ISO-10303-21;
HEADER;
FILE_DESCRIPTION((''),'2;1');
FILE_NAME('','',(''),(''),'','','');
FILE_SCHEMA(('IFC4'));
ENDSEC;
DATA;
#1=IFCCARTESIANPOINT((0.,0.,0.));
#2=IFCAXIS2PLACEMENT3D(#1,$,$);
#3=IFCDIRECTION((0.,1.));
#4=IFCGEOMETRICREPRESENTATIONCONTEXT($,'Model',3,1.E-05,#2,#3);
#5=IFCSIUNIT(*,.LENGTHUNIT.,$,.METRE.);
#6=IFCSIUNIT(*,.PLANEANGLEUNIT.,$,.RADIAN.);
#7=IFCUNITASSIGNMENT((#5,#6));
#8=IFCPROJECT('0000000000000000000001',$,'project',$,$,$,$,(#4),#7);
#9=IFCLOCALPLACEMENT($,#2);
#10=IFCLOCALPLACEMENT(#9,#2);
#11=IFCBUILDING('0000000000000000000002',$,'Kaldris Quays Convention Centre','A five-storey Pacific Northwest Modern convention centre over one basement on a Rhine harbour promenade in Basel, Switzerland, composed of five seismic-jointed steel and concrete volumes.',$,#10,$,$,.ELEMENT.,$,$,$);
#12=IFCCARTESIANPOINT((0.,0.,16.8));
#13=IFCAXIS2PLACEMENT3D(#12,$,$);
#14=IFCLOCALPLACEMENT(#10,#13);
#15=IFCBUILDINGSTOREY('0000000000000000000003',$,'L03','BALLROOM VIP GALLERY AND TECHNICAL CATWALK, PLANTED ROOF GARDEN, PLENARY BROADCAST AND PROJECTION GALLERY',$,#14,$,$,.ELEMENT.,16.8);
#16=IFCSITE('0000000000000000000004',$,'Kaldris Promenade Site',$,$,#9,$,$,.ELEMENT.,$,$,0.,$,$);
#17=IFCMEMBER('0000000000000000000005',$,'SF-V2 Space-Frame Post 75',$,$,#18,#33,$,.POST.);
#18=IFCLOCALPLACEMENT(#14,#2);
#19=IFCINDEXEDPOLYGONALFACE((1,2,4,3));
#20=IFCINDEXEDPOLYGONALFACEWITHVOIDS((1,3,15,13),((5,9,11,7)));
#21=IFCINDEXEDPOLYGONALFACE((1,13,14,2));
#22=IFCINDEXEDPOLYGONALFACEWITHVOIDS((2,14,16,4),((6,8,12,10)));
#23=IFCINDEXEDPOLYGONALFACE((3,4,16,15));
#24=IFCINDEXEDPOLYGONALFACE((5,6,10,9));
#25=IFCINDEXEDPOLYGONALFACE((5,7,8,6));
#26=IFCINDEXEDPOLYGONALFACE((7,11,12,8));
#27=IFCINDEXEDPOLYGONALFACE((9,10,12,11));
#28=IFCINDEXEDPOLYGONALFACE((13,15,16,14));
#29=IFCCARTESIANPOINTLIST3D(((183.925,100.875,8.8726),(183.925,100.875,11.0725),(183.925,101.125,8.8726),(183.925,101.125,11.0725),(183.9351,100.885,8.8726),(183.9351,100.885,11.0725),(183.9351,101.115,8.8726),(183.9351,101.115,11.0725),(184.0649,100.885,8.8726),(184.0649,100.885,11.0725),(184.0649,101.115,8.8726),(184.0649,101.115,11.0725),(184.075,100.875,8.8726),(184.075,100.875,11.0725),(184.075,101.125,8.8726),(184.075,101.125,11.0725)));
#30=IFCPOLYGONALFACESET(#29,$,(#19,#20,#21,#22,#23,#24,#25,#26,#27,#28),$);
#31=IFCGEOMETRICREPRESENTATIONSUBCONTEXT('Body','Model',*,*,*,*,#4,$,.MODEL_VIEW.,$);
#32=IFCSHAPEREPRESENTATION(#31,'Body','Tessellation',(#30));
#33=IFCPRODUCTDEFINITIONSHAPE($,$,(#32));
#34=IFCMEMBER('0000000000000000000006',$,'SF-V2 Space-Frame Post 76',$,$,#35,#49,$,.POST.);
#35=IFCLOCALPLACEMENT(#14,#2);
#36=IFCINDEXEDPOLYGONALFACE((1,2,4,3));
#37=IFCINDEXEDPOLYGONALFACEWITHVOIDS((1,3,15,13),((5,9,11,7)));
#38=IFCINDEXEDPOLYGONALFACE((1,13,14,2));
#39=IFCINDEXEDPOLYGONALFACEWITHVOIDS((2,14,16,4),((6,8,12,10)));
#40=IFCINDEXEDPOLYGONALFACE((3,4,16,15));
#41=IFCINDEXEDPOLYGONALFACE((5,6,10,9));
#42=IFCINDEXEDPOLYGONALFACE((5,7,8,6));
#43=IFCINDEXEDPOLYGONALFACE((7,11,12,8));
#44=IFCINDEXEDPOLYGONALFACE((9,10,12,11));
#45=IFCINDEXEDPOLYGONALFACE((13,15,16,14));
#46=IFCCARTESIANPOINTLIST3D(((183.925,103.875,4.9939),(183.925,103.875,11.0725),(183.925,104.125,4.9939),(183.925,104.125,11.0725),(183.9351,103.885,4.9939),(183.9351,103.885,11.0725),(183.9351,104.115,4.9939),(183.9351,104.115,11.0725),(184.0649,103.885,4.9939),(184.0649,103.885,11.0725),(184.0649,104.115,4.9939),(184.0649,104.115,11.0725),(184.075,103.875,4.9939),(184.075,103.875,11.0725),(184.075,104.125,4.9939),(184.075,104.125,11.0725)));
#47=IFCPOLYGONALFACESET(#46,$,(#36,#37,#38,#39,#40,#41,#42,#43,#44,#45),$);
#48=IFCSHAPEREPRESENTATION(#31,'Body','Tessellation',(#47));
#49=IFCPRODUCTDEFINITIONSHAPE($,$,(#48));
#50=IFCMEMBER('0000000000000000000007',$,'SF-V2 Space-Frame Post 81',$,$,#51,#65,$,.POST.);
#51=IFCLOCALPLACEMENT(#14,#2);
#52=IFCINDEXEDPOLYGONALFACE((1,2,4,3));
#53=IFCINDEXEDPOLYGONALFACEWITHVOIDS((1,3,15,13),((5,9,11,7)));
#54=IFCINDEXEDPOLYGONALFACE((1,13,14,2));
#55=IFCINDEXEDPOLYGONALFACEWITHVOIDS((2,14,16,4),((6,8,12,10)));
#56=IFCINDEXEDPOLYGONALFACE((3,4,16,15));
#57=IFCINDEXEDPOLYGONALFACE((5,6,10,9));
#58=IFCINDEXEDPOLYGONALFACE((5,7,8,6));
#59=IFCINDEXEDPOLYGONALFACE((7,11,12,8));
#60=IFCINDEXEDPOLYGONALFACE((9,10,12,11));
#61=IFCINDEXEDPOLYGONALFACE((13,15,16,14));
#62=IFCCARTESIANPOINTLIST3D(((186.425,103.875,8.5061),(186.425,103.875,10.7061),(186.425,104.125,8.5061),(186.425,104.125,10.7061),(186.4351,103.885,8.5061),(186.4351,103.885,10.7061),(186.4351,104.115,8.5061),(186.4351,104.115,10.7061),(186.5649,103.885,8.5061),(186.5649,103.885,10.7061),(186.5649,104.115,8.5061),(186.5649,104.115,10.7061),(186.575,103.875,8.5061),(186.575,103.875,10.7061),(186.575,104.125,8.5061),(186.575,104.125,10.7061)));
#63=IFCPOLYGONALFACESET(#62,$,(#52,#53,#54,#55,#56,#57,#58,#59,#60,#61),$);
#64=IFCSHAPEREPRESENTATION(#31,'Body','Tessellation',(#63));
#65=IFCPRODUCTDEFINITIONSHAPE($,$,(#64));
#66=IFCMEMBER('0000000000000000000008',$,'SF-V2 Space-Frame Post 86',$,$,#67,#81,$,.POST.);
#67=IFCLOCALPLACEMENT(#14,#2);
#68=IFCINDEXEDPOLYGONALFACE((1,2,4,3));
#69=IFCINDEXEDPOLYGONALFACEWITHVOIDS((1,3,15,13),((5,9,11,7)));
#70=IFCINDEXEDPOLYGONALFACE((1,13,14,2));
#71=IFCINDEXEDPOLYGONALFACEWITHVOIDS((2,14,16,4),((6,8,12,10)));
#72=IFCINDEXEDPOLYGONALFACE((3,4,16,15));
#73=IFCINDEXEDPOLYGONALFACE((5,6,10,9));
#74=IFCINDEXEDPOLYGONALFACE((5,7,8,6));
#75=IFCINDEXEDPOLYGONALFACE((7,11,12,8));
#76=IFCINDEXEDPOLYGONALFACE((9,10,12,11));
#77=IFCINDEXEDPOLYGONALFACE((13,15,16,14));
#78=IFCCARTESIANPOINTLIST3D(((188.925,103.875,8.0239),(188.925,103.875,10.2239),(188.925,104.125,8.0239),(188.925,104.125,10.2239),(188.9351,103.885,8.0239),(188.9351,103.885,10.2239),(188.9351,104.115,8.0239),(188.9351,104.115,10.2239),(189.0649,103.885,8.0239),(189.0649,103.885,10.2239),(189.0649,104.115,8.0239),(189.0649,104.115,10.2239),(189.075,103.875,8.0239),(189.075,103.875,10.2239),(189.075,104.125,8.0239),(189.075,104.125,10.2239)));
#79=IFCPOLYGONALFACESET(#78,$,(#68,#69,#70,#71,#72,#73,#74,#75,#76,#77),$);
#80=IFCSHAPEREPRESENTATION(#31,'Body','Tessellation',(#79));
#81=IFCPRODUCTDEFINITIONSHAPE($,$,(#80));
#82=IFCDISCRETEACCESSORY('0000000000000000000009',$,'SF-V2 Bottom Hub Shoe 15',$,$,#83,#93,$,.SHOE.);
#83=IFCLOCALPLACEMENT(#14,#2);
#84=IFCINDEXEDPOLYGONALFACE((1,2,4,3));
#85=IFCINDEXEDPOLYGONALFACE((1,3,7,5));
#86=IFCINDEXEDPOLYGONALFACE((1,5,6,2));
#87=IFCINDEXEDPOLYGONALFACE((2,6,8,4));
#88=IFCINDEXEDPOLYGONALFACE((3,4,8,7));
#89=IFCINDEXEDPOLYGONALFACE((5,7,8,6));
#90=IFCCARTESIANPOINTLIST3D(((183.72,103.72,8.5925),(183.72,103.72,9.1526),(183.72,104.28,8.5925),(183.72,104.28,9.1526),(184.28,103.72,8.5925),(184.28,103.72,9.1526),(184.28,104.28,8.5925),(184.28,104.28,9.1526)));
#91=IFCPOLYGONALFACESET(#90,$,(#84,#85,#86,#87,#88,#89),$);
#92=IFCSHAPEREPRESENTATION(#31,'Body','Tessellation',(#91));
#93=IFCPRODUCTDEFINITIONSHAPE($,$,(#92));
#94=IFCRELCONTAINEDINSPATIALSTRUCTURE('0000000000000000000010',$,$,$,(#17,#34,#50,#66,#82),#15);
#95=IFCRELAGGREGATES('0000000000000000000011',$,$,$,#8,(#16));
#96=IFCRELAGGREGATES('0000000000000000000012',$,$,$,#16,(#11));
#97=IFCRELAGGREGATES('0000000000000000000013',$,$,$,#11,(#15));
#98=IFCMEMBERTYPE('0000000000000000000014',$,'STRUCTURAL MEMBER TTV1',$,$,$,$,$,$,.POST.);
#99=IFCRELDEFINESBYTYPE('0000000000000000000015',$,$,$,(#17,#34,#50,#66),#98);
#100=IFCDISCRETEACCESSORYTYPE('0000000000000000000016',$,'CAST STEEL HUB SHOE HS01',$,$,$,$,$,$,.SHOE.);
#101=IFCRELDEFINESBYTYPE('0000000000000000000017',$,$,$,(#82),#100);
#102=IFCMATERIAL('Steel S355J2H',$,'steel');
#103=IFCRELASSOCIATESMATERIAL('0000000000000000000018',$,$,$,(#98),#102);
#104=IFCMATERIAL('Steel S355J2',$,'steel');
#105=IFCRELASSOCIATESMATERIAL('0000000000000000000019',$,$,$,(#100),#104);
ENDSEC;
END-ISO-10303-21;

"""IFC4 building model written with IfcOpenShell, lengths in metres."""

from ifc_helpers import new_model, si_unit, direction, frame, origin, origin_2d, place, context, subcontext, project, spatial, rectangle, hollow_rectangle, extrude, material, material_profile, profile_set, type_object, element, save


model = new_model("IFC4")

# Units and contexts
model_context = context("Model", 3, precision=1e-05, world=origin(), true_north=direction((0.0, 1.0)))
body_context = subcontext(model_context, "Body", "Model", "MODEL_VIEW")
ifc_project = project(units=[si_unit("LENGTHUNIT", "METRE"), si_unit("PLANEANGLEUNIT", "RADIAN")], contexts=[model_context])

# Site, building, storey
site_placement = place(None, origin())
site = spatial("IfcSite", under=ifc_project, at=site_placement, Name="Kaldris Promenade Site", CompositionType="ELEMENT", RefElevation=0.0)
building_placement = place(site_placement, origin())
building = spatial("IfcBuilding", under=site, at=building_placement, Name="Kaldris Quays Convention Centre", Description="A five-storey Pacific Northwest Modern convention centre over one basement on a Rhine harbour promenade in Basel, Switzerland, composed of five seismic-jointed steel and concrete volumes.", CompositionType="ELEMENT")
storey_placement = place(building_placement, frame((0.0, 0.0, 16.8)))
storey = spatial("IfcBuildingStorey", under=building, at=storey_placement, Name="L03", Description="BALLROOM VIP GALLERY AND TECHNICAL CATWALK, PLANTED ROOF GARDEN, PLENARY BROADCAST AND PROJECTION GALLERY", CompositionType="ELEMENT", Elevation=16.8)

# Shared definitions
ifc_material_1 = material(Name="Steel S355J2", Category="steel")

# Members
ifc_material_2 = material(Name="Steel S355J2H", Category="steel")
ifc_material_profile_1 = material_profile(ifc_material_2, hollow_rectangle(XDim=0.1499, YDim=0.25, WallThickness=0.01, at=origin_2d()), Name="RHS 250x150x10")
ifc_profile_set_1 = profile_set([ifc_material_profile_1], Name="Steel S355J2H")
member_type_1 = type_object("IfcMemberType", Name="STRUCTURAL MEMBER TTV1", PredefinedType="POST", material=ifc_profile_set_1)
for number, where, z_axis, x_axis, name in (
    (1, (184.0, 101.0, 8.8726), (0.0, 0.0, 1.0), (1.0, 0.0, 0.0), "SF-V2 Space-Frame Post 75"),
):
    element("IfcMember", number, at=place(storey_placement, frame(where, z_axis=z_axis, x_axis=x_axis)), inside=storey, type_object=member_type_1, Name=name, PredefinedType="POST", context=body_context, shape_type="SweptSolid", body=[
        extrude(hollow_rectangle(XDim=0.1499, YDim=0.25, WallThickness=0.01, at=origin_2d()), origin(), (0.0, 0.0, 1.0), 2.2),
    ])
member_1_placement = place(storey_placement, frame((184.0, 104.0, 4.9939), z_axis=(0.0, 0.0, 1.0), x_axis=(1.0, 0.0, 0.0)))
element("IfcMember", 2, at=member_1_placement, inside=storey, type_object=member_type_1, Name="SF-V2 Space-Frame Post 76", PredefinedType="POST", context=body_context, shape_type="SweptSolid", body=[
    extrude(hollow_rectangle(XDim=0.1499, YDim=0.25, WallThickness=0.01, at=origin_2d()), origin(), (0.0, 0.0, 1.0), 6.0786),
])
for number, where, z_axis, x_axis, name in (
    (3, (186.5, 104.0, 8.5061), (0.0, 0.0, 1.0), (1.0, 0.0, 0.0), "SF-V2 Space-Frame Post 81"),
    (4, (189.0, 104.0, 8.0239), (0.0, 0.0, 1.0), (1.0, 0.0, 0.0), "SF-V2 Space-Frame Post 86"),
):
    element("IfcMember", number, at=place(storey_placement, frame(where, z_axis=z_axis, x_axis=x_axis)), inside=storey, type_object=member_type_1, Name=name, PredefinedType="POST", context=body_context, shape_type="SweptSolid", body=[
        extrude(hollow_rectangle(XDim=0.1499, YDim=0.25, WallThickness=0.01, at=origin_2d()), origin(), (0.0, 0.0, 1.0), 2.2),
    ])

# Discrete accessory
discrete_accessory_type = type_object("IfcDiscreteAccessoryType", Name="CAST STEEL HUB SHOE HS01", PredefinedType="SHOE", material=ifc_material_1)
discrete_accessory_placement = place(storey_placement, frame((184.0, 104.0, 8.5925), z_axis=(0.0, 0.0, 1.0), x_axis=(1.0, 0.0, 0.0)))
element("IfcDiscreteAccessory", 5, at=discrete_accessory_placement, inside=storey, type_object=discrete_accessory_type, Name="SF-V2 Bottom Hub Shoe 15", PredefinedType="SHOE", context=body_context, shape_type="SweptSolid", body=[
    extrude(rectangle(XDim=0.5601, YDim=0.5601, at=origin_2d()), origin(), (0.0, 0.0, 1.0), 0.5601),
])

save(model, "model.ifc")
